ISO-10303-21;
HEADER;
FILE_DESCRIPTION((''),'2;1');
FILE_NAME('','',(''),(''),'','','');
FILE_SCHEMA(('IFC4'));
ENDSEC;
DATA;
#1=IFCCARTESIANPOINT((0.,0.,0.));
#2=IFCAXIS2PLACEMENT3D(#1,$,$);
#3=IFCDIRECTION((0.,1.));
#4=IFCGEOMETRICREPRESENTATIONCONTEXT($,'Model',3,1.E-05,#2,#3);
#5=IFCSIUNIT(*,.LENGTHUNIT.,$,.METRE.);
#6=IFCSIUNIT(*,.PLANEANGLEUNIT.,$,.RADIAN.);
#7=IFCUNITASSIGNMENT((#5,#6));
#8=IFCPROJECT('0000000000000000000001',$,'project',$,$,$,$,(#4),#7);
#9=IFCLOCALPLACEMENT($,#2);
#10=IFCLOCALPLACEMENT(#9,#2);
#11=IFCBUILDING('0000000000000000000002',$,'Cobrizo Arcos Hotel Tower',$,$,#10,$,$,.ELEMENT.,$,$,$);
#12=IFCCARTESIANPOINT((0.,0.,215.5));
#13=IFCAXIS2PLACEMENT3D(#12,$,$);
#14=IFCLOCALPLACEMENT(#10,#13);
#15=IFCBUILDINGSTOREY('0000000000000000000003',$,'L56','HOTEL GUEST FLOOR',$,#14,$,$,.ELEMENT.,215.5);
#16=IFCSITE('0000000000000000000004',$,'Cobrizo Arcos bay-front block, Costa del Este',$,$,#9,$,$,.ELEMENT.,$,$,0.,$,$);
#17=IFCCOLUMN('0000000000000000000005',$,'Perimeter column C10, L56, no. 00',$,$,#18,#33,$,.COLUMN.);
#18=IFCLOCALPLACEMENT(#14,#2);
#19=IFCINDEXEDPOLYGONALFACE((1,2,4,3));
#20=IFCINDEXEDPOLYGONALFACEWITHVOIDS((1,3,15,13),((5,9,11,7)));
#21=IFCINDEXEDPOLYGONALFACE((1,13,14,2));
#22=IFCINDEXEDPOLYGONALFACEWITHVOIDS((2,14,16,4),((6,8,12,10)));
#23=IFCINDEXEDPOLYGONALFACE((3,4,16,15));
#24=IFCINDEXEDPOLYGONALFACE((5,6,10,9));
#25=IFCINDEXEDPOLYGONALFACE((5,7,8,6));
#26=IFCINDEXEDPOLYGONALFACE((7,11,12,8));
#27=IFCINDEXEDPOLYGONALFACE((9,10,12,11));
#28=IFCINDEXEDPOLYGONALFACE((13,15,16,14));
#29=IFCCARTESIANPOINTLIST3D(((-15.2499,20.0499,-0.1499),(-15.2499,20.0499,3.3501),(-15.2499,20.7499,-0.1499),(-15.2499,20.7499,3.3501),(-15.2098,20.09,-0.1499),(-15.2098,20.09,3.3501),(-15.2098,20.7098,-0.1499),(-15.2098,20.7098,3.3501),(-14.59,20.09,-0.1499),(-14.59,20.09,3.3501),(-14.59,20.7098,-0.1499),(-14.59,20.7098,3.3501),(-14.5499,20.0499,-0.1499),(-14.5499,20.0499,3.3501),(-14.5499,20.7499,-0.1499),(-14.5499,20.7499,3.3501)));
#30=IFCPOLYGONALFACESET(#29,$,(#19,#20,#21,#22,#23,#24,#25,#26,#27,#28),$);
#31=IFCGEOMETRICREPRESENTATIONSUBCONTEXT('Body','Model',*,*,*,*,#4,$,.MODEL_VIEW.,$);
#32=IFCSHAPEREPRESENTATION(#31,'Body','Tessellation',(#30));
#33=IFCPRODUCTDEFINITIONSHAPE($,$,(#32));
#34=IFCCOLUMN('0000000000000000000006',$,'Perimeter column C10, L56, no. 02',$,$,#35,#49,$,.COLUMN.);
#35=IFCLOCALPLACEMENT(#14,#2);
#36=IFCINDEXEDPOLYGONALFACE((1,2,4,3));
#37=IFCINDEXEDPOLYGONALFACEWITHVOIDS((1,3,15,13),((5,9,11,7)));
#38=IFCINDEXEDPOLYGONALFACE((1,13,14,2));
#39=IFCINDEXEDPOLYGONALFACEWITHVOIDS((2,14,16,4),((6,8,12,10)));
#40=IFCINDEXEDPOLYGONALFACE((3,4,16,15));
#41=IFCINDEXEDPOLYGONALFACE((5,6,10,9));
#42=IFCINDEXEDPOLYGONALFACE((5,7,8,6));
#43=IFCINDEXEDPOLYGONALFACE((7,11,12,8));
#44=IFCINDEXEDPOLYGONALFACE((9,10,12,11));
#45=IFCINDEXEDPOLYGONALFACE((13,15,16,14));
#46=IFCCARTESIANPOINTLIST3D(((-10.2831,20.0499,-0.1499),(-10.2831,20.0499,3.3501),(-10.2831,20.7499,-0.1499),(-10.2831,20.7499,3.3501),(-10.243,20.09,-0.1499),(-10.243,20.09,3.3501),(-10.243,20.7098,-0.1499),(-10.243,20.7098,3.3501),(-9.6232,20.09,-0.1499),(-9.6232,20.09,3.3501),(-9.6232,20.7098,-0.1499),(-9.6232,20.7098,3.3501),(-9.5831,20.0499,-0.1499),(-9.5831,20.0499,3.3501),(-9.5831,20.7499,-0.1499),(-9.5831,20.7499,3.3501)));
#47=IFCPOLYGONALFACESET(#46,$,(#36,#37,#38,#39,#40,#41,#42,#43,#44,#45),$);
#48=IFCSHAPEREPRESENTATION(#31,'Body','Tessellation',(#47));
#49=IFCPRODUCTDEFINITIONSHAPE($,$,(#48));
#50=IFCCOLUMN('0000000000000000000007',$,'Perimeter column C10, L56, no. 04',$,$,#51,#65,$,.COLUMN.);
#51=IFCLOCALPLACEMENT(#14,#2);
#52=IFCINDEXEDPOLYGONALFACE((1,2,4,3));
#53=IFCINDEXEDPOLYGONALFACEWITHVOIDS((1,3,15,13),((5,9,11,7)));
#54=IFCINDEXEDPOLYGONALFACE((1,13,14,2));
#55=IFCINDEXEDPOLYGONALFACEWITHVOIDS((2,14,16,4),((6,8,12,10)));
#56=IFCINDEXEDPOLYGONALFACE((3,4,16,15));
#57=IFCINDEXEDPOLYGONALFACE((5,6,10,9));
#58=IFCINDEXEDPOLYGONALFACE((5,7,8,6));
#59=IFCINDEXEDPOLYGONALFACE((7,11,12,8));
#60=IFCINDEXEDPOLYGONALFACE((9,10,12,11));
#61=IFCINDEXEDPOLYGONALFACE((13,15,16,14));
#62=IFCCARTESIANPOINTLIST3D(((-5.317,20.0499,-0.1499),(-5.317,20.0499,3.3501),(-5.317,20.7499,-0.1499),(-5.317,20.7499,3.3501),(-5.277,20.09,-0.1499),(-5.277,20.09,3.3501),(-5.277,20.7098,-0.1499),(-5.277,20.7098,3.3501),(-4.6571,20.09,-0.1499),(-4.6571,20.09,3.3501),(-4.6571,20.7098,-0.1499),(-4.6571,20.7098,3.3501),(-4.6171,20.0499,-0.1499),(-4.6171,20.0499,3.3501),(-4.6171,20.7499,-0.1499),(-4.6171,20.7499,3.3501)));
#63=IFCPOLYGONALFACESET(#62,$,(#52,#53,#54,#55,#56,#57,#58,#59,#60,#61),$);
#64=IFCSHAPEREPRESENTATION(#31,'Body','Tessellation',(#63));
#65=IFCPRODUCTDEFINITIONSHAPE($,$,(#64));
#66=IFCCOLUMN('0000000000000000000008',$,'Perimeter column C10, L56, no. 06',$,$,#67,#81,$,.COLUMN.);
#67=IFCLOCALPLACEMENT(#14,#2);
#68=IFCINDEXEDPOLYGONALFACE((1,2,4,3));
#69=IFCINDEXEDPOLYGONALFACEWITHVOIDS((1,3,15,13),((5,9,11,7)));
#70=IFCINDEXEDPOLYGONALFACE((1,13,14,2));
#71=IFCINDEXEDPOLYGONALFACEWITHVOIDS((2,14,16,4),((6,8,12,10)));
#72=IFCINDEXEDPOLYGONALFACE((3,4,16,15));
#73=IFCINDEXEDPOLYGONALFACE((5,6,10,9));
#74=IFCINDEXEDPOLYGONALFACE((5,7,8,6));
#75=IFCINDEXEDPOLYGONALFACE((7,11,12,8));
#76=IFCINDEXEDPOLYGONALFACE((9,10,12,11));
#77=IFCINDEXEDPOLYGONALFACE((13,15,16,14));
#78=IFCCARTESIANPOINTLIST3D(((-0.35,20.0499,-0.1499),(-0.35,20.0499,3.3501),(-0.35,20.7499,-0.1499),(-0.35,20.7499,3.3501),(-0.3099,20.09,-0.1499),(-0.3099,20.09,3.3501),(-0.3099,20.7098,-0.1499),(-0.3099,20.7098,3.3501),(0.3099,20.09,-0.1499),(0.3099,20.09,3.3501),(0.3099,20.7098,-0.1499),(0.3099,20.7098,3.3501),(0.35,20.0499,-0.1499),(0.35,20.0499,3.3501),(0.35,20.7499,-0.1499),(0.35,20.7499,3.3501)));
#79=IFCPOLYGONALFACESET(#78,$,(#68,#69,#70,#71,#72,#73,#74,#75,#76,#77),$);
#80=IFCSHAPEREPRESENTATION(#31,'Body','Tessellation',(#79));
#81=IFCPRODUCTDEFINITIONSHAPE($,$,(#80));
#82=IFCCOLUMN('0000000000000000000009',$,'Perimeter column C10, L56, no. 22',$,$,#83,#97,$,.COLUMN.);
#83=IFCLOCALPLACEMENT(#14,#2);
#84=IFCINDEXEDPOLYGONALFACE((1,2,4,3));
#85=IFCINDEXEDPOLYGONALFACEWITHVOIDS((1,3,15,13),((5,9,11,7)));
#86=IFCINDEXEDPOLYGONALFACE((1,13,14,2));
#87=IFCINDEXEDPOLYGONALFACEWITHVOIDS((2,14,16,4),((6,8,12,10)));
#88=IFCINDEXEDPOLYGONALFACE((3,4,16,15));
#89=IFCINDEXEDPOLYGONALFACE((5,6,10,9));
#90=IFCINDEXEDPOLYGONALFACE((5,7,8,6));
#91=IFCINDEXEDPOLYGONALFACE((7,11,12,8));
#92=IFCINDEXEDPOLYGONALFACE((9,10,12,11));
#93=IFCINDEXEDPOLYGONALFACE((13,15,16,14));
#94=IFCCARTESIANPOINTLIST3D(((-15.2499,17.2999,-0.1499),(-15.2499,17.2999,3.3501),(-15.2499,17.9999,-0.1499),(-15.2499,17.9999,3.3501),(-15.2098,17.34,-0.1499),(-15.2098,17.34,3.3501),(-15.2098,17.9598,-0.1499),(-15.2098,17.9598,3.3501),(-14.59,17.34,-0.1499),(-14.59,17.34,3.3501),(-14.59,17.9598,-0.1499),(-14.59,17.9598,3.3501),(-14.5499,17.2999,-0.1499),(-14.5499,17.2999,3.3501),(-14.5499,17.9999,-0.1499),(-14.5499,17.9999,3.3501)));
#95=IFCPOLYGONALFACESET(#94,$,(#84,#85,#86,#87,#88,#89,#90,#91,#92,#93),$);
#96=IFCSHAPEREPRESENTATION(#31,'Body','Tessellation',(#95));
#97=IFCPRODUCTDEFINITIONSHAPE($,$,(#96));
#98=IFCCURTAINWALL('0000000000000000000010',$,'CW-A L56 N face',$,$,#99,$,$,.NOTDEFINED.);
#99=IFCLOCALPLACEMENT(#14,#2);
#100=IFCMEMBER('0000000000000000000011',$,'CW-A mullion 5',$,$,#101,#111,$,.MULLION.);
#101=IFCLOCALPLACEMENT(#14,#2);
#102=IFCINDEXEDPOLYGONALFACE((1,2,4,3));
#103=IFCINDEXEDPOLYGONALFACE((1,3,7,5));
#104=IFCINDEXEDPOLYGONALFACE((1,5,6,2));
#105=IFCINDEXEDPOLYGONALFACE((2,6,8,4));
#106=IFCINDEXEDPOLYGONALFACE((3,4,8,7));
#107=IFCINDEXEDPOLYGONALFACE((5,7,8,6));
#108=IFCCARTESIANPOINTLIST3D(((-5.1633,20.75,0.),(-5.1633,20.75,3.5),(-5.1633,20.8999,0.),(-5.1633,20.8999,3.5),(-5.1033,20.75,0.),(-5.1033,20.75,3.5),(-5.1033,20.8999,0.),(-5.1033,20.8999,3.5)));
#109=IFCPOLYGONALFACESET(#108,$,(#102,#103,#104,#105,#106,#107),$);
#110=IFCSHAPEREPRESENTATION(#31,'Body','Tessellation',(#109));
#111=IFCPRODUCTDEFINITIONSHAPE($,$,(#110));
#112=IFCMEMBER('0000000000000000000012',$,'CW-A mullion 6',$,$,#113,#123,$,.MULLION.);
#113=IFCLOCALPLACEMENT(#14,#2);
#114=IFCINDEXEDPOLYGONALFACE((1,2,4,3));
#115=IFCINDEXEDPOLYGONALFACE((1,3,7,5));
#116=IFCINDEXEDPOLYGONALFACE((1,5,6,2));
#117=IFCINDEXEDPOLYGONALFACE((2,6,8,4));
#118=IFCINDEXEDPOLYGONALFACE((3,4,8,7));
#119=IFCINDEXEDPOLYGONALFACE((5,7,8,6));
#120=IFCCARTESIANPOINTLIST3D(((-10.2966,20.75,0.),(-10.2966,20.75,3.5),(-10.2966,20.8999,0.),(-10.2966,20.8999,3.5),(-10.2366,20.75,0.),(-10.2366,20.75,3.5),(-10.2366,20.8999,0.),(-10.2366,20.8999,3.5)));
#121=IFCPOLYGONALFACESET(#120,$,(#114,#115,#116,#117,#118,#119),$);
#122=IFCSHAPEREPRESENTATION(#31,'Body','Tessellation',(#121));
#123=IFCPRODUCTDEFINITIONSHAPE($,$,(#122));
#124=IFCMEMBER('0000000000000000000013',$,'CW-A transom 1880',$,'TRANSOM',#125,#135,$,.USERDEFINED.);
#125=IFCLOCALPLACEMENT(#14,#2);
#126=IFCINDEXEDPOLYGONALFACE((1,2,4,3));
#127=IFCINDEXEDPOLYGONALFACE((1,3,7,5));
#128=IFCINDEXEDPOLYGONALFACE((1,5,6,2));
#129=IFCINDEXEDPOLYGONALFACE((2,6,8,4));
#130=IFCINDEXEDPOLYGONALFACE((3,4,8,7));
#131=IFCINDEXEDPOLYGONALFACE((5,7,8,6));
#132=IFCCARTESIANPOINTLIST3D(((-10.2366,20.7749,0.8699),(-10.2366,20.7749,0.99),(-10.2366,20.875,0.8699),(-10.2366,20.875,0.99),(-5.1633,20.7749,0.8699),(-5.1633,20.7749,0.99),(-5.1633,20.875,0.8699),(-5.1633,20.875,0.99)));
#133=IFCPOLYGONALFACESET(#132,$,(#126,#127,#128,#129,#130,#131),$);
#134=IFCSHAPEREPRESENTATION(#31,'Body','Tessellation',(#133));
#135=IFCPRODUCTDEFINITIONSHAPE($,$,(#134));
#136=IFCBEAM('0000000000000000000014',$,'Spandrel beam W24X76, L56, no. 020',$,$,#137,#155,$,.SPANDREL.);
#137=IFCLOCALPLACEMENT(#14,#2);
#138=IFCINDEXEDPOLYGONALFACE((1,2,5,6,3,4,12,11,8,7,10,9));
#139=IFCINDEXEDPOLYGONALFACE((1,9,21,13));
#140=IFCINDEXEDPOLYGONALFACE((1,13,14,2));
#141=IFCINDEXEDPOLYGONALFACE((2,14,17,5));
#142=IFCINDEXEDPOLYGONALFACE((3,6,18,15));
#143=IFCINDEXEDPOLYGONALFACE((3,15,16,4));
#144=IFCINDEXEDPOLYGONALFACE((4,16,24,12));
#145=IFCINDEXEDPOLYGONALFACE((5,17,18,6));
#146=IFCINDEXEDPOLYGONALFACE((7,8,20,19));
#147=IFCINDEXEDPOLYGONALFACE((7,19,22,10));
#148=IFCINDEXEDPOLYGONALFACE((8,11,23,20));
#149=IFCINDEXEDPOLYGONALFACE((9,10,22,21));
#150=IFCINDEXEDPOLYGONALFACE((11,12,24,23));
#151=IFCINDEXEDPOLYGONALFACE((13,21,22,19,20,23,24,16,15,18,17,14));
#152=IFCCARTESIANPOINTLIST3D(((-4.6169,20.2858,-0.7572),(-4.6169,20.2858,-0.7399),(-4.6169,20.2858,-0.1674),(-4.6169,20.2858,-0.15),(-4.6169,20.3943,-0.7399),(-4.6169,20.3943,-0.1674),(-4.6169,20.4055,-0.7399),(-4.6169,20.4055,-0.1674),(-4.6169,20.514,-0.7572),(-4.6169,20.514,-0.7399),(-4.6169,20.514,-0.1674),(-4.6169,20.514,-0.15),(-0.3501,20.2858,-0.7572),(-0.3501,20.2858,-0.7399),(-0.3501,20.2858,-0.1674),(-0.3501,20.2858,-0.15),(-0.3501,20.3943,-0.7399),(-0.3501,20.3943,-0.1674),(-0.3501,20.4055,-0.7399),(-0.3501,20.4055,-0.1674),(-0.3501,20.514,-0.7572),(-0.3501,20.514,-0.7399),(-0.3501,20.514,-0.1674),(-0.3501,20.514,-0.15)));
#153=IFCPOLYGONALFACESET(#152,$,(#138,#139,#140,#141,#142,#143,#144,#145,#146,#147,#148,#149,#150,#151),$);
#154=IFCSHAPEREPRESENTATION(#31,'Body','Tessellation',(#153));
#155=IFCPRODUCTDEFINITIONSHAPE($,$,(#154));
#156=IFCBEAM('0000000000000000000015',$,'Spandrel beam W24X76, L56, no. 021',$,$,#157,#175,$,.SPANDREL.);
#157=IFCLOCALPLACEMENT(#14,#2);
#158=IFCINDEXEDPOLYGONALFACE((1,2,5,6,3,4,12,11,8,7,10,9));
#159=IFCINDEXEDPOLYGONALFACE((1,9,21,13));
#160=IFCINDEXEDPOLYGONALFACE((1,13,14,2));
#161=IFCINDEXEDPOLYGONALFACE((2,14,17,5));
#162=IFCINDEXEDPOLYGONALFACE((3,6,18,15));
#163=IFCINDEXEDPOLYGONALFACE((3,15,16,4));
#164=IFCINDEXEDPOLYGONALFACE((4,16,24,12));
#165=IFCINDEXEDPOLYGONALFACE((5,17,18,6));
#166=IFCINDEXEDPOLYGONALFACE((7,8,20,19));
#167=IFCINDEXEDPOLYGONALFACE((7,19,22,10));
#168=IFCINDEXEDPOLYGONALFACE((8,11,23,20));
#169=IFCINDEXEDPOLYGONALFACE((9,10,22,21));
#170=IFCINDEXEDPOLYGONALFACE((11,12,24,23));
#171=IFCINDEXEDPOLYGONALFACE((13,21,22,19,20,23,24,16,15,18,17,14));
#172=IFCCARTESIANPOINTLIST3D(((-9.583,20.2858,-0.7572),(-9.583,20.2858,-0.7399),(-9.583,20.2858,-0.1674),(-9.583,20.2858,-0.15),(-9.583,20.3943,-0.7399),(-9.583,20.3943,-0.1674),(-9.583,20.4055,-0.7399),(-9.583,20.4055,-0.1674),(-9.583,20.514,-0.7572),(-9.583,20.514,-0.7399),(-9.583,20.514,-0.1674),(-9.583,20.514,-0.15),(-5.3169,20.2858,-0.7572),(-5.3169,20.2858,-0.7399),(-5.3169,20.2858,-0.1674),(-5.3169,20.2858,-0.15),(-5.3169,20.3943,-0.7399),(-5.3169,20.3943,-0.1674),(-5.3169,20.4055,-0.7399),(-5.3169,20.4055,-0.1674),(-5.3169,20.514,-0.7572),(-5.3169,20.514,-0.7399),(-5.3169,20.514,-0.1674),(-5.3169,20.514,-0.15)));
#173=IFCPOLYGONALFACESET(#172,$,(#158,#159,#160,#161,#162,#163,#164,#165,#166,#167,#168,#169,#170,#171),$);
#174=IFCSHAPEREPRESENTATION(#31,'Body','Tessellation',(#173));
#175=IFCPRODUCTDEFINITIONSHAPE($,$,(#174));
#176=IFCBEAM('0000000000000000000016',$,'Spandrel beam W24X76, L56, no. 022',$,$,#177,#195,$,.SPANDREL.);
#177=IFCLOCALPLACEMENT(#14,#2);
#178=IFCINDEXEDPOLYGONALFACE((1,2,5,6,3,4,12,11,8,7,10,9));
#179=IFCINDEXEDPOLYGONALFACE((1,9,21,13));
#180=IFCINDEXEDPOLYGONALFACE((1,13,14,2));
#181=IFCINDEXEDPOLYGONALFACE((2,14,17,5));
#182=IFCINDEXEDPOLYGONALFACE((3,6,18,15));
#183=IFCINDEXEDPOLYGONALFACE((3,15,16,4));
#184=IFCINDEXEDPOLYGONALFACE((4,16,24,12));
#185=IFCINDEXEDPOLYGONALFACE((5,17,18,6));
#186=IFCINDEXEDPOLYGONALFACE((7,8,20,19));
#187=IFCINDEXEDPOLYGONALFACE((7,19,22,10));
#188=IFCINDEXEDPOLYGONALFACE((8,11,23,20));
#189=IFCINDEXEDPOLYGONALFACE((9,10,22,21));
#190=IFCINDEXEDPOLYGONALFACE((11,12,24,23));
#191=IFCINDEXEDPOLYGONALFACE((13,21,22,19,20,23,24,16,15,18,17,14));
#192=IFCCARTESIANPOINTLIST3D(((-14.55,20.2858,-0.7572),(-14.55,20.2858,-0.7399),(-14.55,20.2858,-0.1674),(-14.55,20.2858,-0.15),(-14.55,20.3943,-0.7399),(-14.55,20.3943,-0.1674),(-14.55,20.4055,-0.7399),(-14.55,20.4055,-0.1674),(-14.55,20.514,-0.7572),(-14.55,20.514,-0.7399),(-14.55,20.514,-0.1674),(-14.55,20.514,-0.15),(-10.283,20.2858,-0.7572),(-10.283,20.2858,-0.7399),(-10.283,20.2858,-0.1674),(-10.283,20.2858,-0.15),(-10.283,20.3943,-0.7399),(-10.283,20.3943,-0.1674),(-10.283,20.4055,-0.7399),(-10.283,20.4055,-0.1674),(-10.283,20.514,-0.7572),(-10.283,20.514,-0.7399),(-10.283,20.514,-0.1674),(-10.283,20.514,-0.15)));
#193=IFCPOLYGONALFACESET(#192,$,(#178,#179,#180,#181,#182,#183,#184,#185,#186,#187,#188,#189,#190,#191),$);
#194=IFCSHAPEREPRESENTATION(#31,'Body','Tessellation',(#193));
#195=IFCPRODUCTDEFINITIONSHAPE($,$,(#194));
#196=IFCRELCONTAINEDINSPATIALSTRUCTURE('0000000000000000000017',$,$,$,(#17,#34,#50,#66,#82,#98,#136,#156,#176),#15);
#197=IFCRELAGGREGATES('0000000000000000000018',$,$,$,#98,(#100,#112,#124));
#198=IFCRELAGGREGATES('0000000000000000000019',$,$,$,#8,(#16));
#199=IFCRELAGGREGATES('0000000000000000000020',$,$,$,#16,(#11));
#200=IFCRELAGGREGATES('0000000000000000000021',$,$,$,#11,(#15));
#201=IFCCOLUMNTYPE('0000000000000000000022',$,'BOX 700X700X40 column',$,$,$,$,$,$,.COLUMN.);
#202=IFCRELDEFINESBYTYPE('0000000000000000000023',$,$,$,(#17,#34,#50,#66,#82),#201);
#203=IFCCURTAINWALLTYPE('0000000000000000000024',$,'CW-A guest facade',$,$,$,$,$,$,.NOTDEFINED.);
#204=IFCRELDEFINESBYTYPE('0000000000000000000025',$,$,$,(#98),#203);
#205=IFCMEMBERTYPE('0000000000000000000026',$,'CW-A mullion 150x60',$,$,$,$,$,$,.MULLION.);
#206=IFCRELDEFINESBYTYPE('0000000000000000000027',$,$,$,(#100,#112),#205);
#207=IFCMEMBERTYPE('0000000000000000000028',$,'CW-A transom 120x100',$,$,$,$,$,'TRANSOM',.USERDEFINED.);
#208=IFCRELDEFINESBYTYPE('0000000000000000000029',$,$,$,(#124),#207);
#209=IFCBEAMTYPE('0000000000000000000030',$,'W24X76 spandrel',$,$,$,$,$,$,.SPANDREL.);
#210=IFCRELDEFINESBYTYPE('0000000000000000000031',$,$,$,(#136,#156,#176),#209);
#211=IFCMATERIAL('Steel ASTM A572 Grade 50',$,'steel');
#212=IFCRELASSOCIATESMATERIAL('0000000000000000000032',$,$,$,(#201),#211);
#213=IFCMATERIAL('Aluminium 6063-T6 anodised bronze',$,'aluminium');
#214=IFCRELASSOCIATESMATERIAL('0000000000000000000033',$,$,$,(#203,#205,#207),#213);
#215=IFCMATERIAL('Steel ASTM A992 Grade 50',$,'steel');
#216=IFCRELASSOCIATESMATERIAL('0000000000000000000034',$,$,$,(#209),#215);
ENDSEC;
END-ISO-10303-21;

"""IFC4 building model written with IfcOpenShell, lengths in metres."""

from ifc_helpers import new_model, si_unit, direction, frame, origin, origin_2d, place, context, subcontext, project, spatial, rectangle, hollow_rectangle, i_section, extrude, material, material_profile, profile_set, type_object, element, aggregate, save


model = new_model("IFC4")

# Units and contexts
model_context = context("Model", 3, precision=1e-05, world=origin(), true_north=direction((0.0, 1.0)))
body_context = subcontext(model_context, "Body", "Model", "MODEL_VIEW")
ifc_project = project(units=[si_unit("LENGTHUNIT", "METRE"), si_unit("PLANEANGLEUNIT", "RADIAN")], contexts=[model_context])

# Site, building, storey
site_placement = place(None, origin())
site = spatial("IfcSite", under=ifc_project, at=site_placement, Name="Cobrizo Arcos bay-front block, Costa del Este", CompositionType="ELEMENT", RefElevation=0.0)
building_placement = place(site_placement, origin())
building = spatial("IfcBuilding", under=site, at=building_placement, Name="Cobrizo Arcos Hotel Tower", CompositionType="ELEMENT")
storey_placement = place(building_placement, frame((0.0, 0.0, 215.5)))
storey = spatial("IfcBuildingStorey", under=building, at=storey_placement, Name="L56", Description="HOTEL GUEST FLOOR", CompositionType="ELEMENT", Elevation=215.5)

# Columns
ifc_material_1 = material(Name="Steel ASTM A572 Grade 50", Category="steel")
ifc_material_profile_1 = material_profile(ifc_material_1, hollow_rectangle(XDim=0.7, YDim=0.7, WallThickness=0.04, at=origin_2d()), Name="BOX 700X700X40")
ifc_profile_set_1 = profile_set([ifc_material_profile_1], Name="Steel ASTM A572 Grade 50")
column_type = type_object("IfcColumnType", Name="BOX 700X700X40 column", PredefinedType="COLUMN", material=ifc_profile_set_1)
for number, where, z_axis, x_axis, name in (
    (1, (-14.8999, 20.3999, -0.1499), (0.0, 0.0, 1.0), (1.0, 0.0, 0.0), "Perimeter column C10, L56, no. 00"),
    (2, (-9.9331, 20.3999, -0.1499), (0.0, 0.0, 1.0), (1.0, 0.0, 0.0), "Perimeter column C10, L56, no. 02"),
    (3, (-4.967, 20.3999, -0.1499), (0.0, 0.0, 1.0), (1.0, 0.0, 0.0), "Perimeter column C10, L56, no. 04"),
    (4, (0.0, 20.3999, -0.1499), (0.0, 0.0, 1.0), (1.0, 0.0, 0.0), "Perimeter column C10, L56, no. 06"),
    (5, (-14.8999, 17.6499, -0.1499), (0.0, 0.0, 1.0), (1.0, 0.0, 0.0), "Perimeter column C10, L56, no. 22"),
):
    element("IfcColumn", number, at=place(storey_placement, frame(where, z_axis=z_axis, x_axis=x_axis)), inside=storey, type_object=column_type, Name=name, PredefinedType="COLUMN", context=body_context, shape_type="SweptSolid", body=[
        extrude(hollow_rectangle(XDim=0.7, YDim=0.7, WallThickness=0.04, at=origin_2d()), origin(), (0.0, 0.0, 1.0), 3.5),
    ])

# Curtain wall, members
ifc_material_2 = material(Name="Aluminium 6063-T6 anodised bronze", Category="aluminium")
curtain_wall_type = type_object("IfcCurtainWallType", Name="CW-A guest facade", PredefinedType="NOTDEFINED", material=ifc_material_2)
curtain_wall_placement = place(storey_placement, origin())
curtain_wall = element("IfcCurtainWall", 6, at=curtain_wall_placement, inside=storey, type_object=curtain_wall_type, Name="CW-A L56 N face", PredefinedType="NOTDEFINED")
ifc_material_profile_2 = material_profile(ifc_material_2, rectangle(XDim=0.1499, YDim=0.0601, at=origin_2d()), Name="CW-A mullion 150x60")
ifc_profile_set_2 = profile_set([ifc_material_profile_2], Name="Aluminium 6063-T6 anodised bronze")
member_type_1 = type_object("IfcMemberType", Name="CW-A mullion 150x60", PredefinedType="MULLION", material=ifc_profile_set_2)
member_1_placement = place(storey_placement, frame((-5.1333, 20.825, 0.0), z_axis=(0.0, 0.0, 1.0), x_axis=(0.0, 1.0, 0.0)))
member_1 = element("IfcMember", 7, at=member_1_placement, type_object=member_type_1, Name="CW-A mullion 5", PredefinedType="MULLION", context=body_context, shape_type="SweptSolid", body=[
    extrude(rectangle(XDim=0.1499, YDim=0.0601, at=origin_2d()), origin(), (0.0, 0.0, 1.0), 3.5),
])
member_2_placement = place(storey_placement, frame((-10.2666, 20.825, 0.0), z_axis=(0.0, 0.0, 1.0), x_axis=(0.0, 1.0, 0.0)))
member_2 = element("IfcMember", 8, at=member_2_placement, type_object=member_type_1, Name="CW-A mullion 6", PredefinedType="MULLION", context=body_context, shape_type="SweptSolid", body=[
    extrude(rectangle(XDim=0.1499, YDim=0.0601, at=origin_2d()), origin(), (0.0, 0.0, 1.0), 3.5),
])
ifc_material_profile_3 = material_profile(ifc_material_2, rectangle(XDim=0.1001, YDim=0.1201, at=origin_2d()), Name="CW-A transom 120x100")
ifc_profile_set_3 = profile_set([ifc_material_profile_3], Name="Aluminium 6063-T6 anodised bronze")
member_type_2 = type_object("IfcMemberType", Name="CW-A transom 120x100", ElementType="TRANSOM", PredefinedType="USERDEFINED", material=ifc_profile_set_3)
member_3_placement = place(storey_placement, frame((-5.1633, 20.825, 0.9299), z_axis=(-1.0, 0.0, 0.0), x_axis=(0.0, -1.0, 0.0)))
member_3 = element("IfcMember", 9, at=member_3_placement, type_object=member_type_2, Name="CW-A transom 1880", ObjectType="TRANSOM", PredefinedType="USERDEFINED", context=body_context, shape_type="SweptSolid", body=[
    extrude(rectangle(XDim=0.1001, YDim=0.1201, at=origin_2d()), origin(), (0.0, 0.0, 1.0), 5.0732),
])

# Beams
ifc_material_3 = material(Name="Steel ASTM A992 Grade 50", Category="steel")
ifc_material_profile_4 = material_profile(ifc_material_3, i_section(OverallWidth=0.2283, OverallDepth=0.6072, WebThickness=0.0112, FlangeThickness=0.0173, at=origin_2d()), Name="W24X76")
ifc_profile_set_4 = profile_set([ifc_material_profile_4], Name="Steel ASTM A992 Grade 50")
beam_type = type_object("IfcBeamType", Name="W24X76 spandrel", PredefinedType="SPANDREL", material=ifc_profile_set_4)
beam_1_placement = place(storey_placement, frame((-0.3501, 20.3999, -0.4536), z_axis=(-1.0, 0.0, 0.0), x_axis=(0.0, -1.0, 0.0)))
element("IfcBeam", 10, at=beam_1_placement, inside=storey, type_object=beam_type, Name="Spandrel beam W24X76, L56, no. 020", PredefinedType="SPANDREL", context=body_context, shape_type="SweptSolid", body=[
    extrude(i_section(OverallWidth=0.2283, OverallDepth=0.6072, WebThickness=0.0112, FlangeThickness=0.0173, at=origin_2d()), origin(), (0.0, 0.0, 1.0), 4.2668),
])
beam_2_placement = place(storey_placement, frame((-5.3169, 20.3999, -0.4536), z_axis=(-1.0, 0.0, 0.0), x_axis=(0.0, -1.0, 0.0)))
element("IfcBeam", 11, at=beam_2_placement, inside=storey, type_object=beam_type, Name="Spandrel beam W24X76, L56, no. 021", PredefinedType="SPANDREL", context=body_context, shape_type="SweptSolid", body=[
    extrude(i_section(OverallWidth=0.2283, OverallDepth=0.6072, WebThickness=0.0112, FlangeThickness=0.0173, at=origin_2d()), origin(), (0.0, 0.0, 1.0), 4.2661),
])
beam_3_placement = place(storey_placement, frame((-10.283, 20.3999, -0.4536), z_axis=(-1.0, 0.0, 0.0), x_axis=(0.0, -1.0, 0.0)))
element("IfcBeam", 12, at=beam_3_placement, inside=storey, type_object=beam_type, Name="Spandrel beam W24X76, L56, no. 022", PredefinedType="SPANDREL", context=body_context, shape_type="SweptSolid", body=[
    extrude(i_section(OverallWidth=0.2283, OverallDepth=0.6072, WebThickness=0.0112, FlangeThickness=0.0173, at=origin_2d()), origin(), (0.0, 0.0, 1.0), 4.2671),
])

aggregate(curtain_wall, [member_1, member_2, member_3])

save(model, "model.ifc")
